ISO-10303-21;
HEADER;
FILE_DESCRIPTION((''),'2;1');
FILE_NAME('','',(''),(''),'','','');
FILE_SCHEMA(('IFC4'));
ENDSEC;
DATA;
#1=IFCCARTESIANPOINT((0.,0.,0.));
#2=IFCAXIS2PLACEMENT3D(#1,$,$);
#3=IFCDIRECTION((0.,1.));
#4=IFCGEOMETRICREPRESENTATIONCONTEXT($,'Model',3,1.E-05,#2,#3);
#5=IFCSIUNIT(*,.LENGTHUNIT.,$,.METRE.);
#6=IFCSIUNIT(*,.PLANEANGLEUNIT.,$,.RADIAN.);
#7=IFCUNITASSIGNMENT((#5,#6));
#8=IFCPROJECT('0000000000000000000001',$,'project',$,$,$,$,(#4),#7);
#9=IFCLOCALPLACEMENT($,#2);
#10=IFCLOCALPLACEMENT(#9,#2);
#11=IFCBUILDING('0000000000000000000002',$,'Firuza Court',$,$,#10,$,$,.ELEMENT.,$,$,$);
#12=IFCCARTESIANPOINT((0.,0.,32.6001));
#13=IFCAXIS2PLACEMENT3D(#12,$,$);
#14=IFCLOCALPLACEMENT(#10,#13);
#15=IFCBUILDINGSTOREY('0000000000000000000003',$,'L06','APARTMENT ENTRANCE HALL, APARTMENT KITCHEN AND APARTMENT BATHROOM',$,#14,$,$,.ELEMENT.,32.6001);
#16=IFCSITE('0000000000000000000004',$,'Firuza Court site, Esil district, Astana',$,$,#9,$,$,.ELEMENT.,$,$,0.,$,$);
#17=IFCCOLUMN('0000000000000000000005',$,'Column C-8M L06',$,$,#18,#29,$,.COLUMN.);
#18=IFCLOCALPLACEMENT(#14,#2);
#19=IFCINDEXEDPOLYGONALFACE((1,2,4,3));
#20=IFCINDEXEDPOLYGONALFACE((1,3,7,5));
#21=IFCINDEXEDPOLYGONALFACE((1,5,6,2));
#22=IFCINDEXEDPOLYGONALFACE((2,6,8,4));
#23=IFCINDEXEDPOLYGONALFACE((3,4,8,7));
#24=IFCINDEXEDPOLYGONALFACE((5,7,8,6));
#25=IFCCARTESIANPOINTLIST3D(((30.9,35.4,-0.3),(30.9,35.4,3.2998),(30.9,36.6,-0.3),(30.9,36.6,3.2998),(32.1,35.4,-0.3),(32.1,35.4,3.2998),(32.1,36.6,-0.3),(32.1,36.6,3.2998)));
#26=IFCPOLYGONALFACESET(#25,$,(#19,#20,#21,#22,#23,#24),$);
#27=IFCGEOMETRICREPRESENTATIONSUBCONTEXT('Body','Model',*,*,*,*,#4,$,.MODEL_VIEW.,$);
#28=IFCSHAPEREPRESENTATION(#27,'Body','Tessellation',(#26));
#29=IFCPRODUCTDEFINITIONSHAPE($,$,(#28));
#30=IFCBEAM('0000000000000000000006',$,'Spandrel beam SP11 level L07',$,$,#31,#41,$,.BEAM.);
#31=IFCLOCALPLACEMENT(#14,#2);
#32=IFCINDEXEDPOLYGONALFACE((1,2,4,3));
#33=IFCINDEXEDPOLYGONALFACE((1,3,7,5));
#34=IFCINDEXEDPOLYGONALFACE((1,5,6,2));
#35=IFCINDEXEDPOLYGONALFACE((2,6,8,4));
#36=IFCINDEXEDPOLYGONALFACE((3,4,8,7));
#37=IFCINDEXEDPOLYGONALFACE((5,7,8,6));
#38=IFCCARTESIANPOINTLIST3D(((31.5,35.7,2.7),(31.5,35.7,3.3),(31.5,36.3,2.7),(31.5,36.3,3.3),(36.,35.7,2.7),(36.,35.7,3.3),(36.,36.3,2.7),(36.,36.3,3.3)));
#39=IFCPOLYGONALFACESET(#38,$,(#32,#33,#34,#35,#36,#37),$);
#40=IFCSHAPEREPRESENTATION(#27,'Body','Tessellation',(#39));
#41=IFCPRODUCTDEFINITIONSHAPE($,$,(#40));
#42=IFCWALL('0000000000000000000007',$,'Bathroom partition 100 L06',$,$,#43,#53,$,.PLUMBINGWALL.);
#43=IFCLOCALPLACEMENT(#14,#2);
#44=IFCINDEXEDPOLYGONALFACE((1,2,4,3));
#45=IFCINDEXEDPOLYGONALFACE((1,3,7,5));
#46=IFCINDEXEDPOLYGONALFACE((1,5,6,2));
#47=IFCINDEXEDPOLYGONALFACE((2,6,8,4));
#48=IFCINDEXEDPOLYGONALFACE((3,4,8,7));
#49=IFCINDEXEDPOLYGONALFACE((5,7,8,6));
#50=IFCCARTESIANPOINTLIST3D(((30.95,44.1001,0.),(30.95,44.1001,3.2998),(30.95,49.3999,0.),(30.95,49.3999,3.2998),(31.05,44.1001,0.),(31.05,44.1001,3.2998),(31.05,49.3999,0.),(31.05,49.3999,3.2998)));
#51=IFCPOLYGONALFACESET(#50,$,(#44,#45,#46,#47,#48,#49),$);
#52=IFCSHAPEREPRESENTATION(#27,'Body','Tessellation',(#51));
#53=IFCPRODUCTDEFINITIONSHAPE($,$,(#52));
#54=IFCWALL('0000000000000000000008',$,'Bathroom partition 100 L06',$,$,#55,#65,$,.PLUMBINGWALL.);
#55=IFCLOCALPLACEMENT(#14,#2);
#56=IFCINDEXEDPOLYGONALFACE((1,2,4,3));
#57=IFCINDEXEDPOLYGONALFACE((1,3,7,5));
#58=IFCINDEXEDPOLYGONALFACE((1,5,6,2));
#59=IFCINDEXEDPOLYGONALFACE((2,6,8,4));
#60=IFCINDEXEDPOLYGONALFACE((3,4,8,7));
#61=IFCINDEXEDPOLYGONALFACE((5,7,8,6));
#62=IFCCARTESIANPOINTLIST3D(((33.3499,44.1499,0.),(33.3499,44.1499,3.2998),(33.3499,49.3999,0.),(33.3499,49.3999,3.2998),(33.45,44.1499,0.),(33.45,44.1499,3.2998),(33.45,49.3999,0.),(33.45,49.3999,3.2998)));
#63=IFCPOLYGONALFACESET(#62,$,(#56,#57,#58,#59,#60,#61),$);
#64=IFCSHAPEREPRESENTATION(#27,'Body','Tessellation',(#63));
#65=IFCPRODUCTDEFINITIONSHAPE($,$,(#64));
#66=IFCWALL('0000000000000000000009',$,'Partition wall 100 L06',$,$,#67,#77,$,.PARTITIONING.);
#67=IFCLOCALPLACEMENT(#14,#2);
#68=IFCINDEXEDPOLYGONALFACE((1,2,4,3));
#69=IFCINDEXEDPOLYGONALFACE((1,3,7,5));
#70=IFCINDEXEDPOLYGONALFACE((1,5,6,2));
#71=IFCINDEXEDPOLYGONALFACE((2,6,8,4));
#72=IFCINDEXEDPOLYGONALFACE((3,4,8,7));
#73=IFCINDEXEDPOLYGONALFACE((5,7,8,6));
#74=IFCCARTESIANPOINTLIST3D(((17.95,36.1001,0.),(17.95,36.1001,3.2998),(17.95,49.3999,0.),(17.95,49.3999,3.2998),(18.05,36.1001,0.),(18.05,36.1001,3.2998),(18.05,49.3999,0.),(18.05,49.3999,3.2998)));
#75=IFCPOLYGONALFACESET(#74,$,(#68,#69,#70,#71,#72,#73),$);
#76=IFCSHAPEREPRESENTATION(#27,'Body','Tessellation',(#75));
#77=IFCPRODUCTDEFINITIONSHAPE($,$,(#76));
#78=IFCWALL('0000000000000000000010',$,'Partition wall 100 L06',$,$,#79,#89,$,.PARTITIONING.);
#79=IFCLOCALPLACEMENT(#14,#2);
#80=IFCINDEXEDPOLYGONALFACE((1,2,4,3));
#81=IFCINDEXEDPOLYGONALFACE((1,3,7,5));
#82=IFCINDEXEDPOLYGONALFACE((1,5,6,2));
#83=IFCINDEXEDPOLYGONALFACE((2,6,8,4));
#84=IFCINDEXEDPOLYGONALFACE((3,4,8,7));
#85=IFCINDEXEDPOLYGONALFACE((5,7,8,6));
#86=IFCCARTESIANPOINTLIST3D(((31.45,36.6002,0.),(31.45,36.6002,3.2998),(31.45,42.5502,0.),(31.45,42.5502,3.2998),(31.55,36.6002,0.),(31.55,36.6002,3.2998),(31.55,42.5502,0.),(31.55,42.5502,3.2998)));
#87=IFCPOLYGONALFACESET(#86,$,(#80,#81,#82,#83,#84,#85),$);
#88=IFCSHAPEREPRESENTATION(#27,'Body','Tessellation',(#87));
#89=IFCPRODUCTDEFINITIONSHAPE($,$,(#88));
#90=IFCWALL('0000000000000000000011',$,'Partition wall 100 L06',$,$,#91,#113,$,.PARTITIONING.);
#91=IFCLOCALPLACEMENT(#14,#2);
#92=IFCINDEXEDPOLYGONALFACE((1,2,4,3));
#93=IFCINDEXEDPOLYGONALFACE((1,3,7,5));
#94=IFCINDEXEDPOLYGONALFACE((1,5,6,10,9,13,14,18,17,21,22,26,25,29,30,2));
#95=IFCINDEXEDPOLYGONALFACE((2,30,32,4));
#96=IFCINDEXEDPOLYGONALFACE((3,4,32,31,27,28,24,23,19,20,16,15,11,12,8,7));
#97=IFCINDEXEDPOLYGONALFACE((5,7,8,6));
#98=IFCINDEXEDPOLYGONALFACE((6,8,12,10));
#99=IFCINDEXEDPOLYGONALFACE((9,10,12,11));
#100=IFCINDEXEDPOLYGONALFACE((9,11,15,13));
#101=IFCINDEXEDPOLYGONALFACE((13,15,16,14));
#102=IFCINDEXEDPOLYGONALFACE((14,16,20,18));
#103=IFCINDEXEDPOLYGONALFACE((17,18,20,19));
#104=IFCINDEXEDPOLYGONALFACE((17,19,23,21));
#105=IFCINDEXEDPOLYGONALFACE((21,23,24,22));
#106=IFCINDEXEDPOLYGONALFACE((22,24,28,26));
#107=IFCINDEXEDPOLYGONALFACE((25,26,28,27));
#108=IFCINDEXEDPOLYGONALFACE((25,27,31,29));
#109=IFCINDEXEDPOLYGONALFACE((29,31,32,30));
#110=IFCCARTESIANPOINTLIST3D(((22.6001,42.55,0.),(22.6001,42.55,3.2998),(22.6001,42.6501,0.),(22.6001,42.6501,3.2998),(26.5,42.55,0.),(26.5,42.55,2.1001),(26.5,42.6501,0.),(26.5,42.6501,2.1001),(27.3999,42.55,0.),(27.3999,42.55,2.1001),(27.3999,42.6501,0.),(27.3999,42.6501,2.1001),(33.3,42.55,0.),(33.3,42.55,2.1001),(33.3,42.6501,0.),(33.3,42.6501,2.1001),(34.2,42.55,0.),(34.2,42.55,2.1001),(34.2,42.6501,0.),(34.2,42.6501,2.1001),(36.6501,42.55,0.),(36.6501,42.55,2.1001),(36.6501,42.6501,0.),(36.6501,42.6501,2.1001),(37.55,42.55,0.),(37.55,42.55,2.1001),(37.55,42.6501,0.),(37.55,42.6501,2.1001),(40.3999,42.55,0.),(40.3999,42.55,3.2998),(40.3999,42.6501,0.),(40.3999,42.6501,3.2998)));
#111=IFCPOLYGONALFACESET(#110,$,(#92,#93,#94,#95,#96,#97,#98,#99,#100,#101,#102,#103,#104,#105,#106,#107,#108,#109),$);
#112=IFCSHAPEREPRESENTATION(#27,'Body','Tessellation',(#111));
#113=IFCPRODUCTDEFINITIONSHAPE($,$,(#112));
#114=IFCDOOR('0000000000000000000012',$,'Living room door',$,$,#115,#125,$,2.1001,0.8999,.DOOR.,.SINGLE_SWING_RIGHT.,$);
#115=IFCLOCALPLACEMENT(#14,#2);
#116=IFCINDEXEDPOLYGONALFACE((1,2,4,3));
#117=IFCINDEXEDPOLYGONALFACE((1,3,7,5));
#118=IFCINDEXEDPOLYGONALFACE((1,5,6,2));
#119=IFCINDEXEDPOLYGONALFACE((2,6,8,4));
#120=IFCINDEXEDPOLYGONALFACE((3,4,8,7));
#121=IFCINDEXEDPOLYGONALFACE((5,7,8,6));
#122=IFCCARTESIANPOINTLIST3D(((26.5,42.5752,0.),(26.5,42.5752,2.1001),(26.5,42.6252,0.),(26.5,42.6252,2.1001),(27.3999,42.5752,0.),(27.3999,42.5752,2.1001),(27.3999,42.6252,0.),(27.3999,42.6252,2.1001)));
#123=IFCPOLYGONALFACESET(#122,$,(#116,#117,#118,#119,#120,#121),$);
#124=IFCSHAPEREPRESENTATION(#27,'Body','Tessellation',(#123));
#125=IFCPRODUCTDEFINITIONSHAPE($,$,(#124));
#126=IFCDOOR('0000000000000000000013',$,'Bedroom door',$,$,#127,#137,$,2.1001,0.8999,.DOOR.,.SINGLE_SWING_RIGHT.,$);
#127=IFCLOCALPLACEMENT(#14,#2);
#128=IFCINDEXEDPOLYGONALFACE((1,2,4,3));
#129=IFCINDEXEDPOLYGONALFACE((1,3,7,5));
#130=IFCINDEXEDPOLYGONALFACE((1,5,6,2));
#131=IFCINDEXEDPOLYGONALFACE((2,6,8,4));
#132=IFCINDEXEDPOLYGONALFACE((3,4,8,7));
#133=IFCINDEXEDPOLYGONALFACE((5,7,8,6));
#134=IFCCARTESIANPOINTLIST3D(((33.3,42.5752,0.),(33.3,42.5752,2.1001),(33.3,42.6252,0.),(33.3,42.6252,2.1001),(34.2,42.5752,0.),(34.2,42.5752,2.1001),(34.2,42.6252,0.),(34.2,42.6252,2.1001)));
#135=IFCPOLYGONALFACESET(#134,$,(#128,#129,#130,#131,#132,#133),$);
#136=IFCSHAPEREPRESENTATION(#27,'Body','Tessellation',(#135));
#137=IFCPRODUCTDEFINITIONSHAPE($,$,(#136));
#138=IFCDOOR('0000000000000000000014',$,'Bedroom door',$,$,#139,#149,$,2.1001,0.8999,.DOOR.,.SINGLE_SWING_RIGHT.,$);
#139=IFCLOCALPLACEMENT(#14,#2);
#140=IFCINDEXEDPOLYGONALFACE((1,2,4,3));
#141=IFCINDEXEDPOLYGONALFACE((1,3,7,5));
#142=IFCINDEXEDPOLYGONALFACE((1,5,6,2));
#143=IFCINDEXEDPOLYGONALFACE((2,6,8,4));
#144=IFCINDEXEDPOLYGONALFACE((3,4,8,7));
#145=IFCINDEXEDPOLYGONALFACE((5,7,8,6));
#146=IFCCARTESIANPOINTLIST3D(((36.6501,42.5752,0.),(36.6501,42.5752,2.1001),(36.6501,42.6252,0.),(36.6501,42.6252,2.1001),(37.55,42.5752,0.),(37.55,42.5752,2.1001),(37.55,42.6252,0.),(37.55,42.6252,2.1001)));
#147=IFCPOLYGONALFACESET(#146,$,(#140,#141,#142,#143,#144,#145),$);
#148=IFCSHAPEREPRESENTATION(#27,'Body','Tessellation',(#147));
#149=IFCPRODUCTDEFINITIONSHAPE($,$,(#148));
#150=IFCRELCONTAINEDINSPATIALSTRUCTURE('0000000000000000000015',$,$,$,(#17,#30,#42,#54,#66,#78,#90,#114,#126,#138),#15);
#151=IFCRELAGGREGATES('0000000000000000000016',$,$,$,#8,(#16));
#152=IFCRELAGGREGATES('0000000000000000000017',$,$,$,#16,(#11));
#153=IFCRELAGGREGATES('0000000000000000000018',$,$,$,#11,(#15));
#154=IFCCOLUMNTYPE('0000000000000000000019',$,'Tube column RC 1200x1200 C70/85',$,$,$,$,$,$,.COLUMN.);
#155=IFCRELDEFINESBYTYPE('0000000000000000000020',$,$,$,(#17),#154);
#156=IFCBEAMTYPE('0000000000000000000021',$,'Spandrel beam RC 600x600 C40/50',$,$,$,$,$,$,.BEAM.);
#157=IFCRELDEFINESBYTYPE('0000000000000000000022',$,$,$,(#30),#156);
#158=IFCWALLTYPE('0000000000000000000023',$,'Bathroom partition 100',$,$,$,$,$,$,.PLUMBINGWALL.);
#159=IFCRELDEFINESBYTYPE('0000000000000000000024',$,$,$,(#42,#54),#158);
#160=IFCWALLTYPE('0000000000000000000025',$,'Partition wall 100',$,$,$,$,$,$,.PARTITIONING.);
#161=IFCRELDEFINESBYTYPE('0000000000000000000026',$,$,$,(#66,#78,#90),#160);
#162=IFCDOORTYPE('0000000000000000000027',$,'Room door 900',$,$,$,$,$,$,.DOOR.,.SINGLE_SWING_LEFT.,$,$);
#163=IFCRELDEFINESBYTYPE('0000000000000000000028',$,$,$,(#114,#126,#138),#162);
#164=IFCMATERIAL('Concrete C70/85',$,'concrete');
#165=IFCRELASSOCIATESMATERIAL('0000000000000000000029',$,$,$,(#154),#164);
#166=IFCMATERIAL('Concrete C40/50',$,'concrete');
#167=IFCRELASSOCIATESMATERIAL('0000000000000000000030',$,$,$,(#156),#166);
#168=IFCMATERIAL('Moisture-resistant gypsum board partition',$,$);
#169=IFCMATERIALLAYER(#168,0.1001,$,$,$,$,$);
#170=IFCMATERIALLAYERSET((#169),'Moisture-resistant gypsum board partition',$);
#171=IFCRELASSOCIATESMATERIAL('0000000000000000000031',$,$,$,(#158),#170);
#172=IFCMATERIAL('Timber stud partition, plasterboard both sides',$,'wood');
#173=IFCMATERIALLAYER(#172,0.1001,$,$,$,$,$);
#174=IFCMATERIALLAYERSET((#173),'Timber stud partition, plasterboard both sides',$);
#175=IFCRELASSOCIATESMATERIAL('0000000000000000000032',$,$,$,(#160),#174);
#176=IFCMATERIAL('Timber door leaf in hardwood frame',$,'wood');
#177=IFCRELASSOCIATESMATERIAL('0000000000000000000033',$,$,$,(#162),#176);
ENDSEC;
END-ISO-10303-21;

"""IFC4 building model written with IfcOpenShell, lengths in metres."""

from ifc_helpers import new_model, si_unit, direction, frame, frame_2d, origin, origin_2d, place, context, subcontext, project, spatial, rectangle, extrude, material, layer, layer_set, material_profile, profile_set, type_object, element, fill, save


model = new_model("IFC4")

# Units and contexts
model_context = context("Model", 3, precision=1e-05, world=origin(), true_north=direction((0.0, 1.0)))
body_context = subcontext(model_context, "Body", "Model", "MODEL_VIEW")
ifc_project = project(units=[si_unit("LENGTHUNIT", "METRE"), si_unit("PLANEANGLEUNIT", "RADIAN")], contexts=[model_context])

# Site, building, storey
site_placement = place(None, origin())
site = spatial("IfcSite", under=ifc_project, at=site_placement, Name="Firuza Court site, Esil district, Astana", CompositionType="ELEMENT", RefElevation=0.0)
building_placement = place(site_placement, origin())
building = spatial("IfcBuilding", under=site, at=building_placement, Name="Firuza Court", CompositionType="ELEMENT")
storey_placement = place(building_placement, frame((0.0, 0.0, 32.6001)))
storey = spatial("IfcBuildingStorey", under=building, at=storey_placement, Name="L06", Description="APARTMENT ENTRANCE HALL, APARTMENT KITCHEN AND APARTMENT BATHROOM", CompositionType="ELEMENT", Elevation=32.6001)

# Column
ifc_material_1 = material(Name="Concrete C70/85", Category="concrete")
ifc_material_profile_1 = material_profile(ifc_material_1, rectangle(XDim=1.2, YDim=1.2, at=origin_2d()), Name="RC 1200x1200")
ifc_profile_set_1 = profile_set([ifc_material_profile_1], Name="Concrete C70/85")
column_type = type_object("IfcColumnType", Name="Tube column RC 1200x1200 C70/85", PredefinedType="COLUMN", material=ifc_profile_set_1)
column_placement = place(storey_placement, frame((31.5, 36.0, -0.3), z_axis=(0.0, 0.0, 1.0), x_axis=(1.0, 0.0, 0.0)))
element("IfcColumn", 1, at=column_placement, inside=storey, type_object=column_type, Name="Column C-8M L06", PredefinedType="COLUMN", context=body_context, shape_type="SweptSolid", body=[
    extrude(rectangle(XDim=1.2, YDim=1.2, at=origin_2d()), origin(), (0.0, 0.0, 1.0), 3.5999),
])

# Beam
ifc_material_2 = material(Name="Concrete C40/50", Category="concrete")
ifc_material_profile_2 = material_profile(ifc_material_2, rectangle(XDim=0.6001, YDim=0.6001, at=origin_2d()), Name="RC 600x600")
ifc_profile_set_2 = profile_set([ifc_material_profile_2], Name="Concrete C40/50")
beam_type = type_object("IfcBeamType", Name="Spandrel beam RC 600x600 C40/50", PredefinedType="BEAM", material=ifc_profile_set_2)
beam_placement = place(storey_placement, frame((31.5, 36.0, 3.0), z_axis=(1.0, 0.0, 0.0), x_axis=(0.0, 1.0, 0.0)))
element("IfcBeam", 2, at=beam_placement, inside=storey, type_object=beam_type, Name="Spandrel beam SP11 level L07", PredefinedType="BEAM", context=body_context, shape_type="SweptSolid", body=[
    extrude(rectangle(XDim=0.6001, YDim=0.6001, at=origin_2d()), origin(), (0.0, 0.0, 1.0), 4.5),
])

# Walls
ifc_material_3 = material(Name="Moisture-resistant gypsum board partition")
ifc_layer_1 = layer(ifc_material_3, 0.1001)
ifc_layer_set_1 = layer_set([ifc_layer_1], Name="Moisture-resistant gypsum board partition")
wall_type_1 = type_object("IfcWallType", Name="Bathroom partition 100", PredefinedType="PLUMBINGWALL", material=ifc_layer_set_1)
wall_1_placement = place(storey_placement, frame((31.0, 44.1001, 0.0), z_axis=(0.0, 0.0, 1.0), x_axis=(0.0, 1.0, 0.0)))
element("IfcWall", 3, at=wall_1_placement, inside=storey, type_object=wall_type_1, Name="Bathroom partition 100 L06", PredefinedType="PLUMBINGWALL", context=body_context, shape_type="SweptSolid", body=[
    extrude(rectangle(XDim=5.2998, YDim=0.1001, at=frame_2d((2.6499, 0.0))), origin(), (0.0, 0.0, 1.0), 3.2998),
])
wall_2_placement = place(storey_placement, frame((33.3999, 44.1499, 0.0), z_axis=(0.0, 0.0, 1.0), x_axis=(0.0, 1.0, 0.0)))
element("IfcWall", 4, at=wall_2_placement, inside=storey, type_object=wall_type_1, Name="Bathroom partition 100 L06", PredefinedType="PLUMBINGWALL", context=body_context, shape_type="SweptSolid", body=[
    extrude(rectangle(XDim=5.25, YDim=0.1001, at=frame_2d((2.625, 0.0))), origin(), (0.0, 0.0, 1.0), 3.2998),
])
ifc_material_4 = material(Name="Timber stud partition, plasterboard both sides", Category="wood")
ifc_layer_2 = layer(ifc_material_4, 0.1001)
ifc_layer_set_2 = layer_set([ifc_layer_2], Name="Timber stud partition, plasterboard both sides")
wall_type_2 = type_object("IfcWallType", Name="Partition wall 100", PredefinedType="PARTITIONING", material=ifc_layer_set_2)
wall_3_placement = place(storey_placement, frame((18.0, 36.1001, 0.0), z_axis=(0.0, 0.0, 1.0), x_axis=(0.0, 1.0, 0.0)))
element("IfcWall", 5, at=wall_3_placement, inside=storey, type_object=wall_type_2, Name="Partition wall 100 L06", PredefinedType="PARTITIONING", context=body_context, shape_type="SweptSolid", body=[
    extrude(rectangle(XDim=13.2998, YDim=0.1001, at=frame_2d((6.6499, 0.0))), origin(), (0.0, 0.0, 1.0), 3.2998),
])
wall_4_placement = place(storey_placement, frame((31.5, 36.6001, 0.0), z_axis=(0.0, 0.0, 1.0), x_axis=(0.0, 1.0, 0.0)))
element("IfcWall", 6, at=wall_4_placement, inside=storey, type_object=wall_type_2, Name="Partition wall 100 L06", PredefinedType="PARTITIONING", context=body_context, shape_type="SweptSolid", body=[
    extrude(rectangle(XDim=5.95, YDim=0.1001, at=frame_2d((2.9751, 0.0))), origin(), (0.0, 0.0, 1.0), 3.2998),
])

# Wall, openings, doors
wall_5_placement = place(storey_placement, frame((22.6001, 42.6001, 0.0), z_axis=(0.0, 0.0, 1.0), x_axis=(1.0, 0.0, 0.0)))
wall_5 = element("IfcWall", 7, at=wall_5_placement, inside=storey, type_object=wall_type_2, Name="Partition wall 100 L06", PredefinedType="PARTITIONING", context=body_context, shape_type="SweptSolid", body=[
    extrude(rectangle(XDim=17.7998, YDim=0.1001, at=frame_2d((8.8999, 0.0))), origin(), (0.0, 0.0, 1.0), 3.2998),
])
opening_1_placement = place(wall_5_placement, frame((3.8999, 0.0, 0.0)))
opening_1 = element("IfcOpeningElement", 8, at=opening_1_placement, cuts=wall_5, PredefinedType="OPENING", context=body_context, shape_type="SweptSolid", body=[
    extrude(rectangle(XDim=0.8999, YDim=2.1001, at=frame_2d((0.45, 1.05))), frame((0.0, 0.062, 0.0), z_axis=(0.0, -1.0, 0.0), x_axis=(1.0, 0.0, 0.0)), (0.0, 0.0, 1.0), 0.124),
])
opening_2_placement = place(wall_5_placement, frame((10.7, 0.0, 0.0)))
opening_2 = element("IfcOpeningElement", 9, at=opening_2_placement, cuts=wall_5, PredefinedType="OPENING", context=body_context, shape_type="SweptSolid", body=[
    extrude(rectangle(XDim=0.8999, YDim=2.1001, at=frame_2d((0.45, 1.05))), frame((0.0, 0.062, 0.0), z_axis=(0.0, -1.0, 0.0), x_axis=(1.0, 0.0, 0.0)), (0.0, 0.0, 1.0), 0.124),
])
opening_3_placement = place(wall_5_placement, frame((14.05, 0.0, 0.0)))
opening_3 = element("IfcOpeningElement", 10, at=opening_3_placement, cuts=wall_5, PredefinedType="OPENING", context=body_context, shape_type="SweptSolid", body=[
    extrude(rectangle(XDim=0.8999, YDim=2.1001, at=frame_2d((0.45, 1.05))), frame((0.0, 0.062, 0.0), z_axis=(0.0, -1.0, 0.0), x_axis=(1.0, 0.0, 0.0)), (0.0, 0.0, 1.0), 0.124),
])
ifc_material_5 = material(Name="Timber door leaf in hardwood frame", Category="wood")
door_type_1 = type_object("IfcDoorType", Name="Room door 900", OperationType="SINGLE_SWING_LEFT", PredefinedType="DOOR", material=ifc_material_5)
door_1_placement = place(opening_1_placement, frame((0.8999, 0.0, 0.0), z_axis=(0.0, 0.0, 1.0), x_axis=(-1.0, 0.0, 0.0)))
door_1 = element("IfcDoor", 11, at=door_1_placement, inside=storey, type_object=door_type_1, Name="Living room door", OperationType="SINGLE_SWING_RIGHT", OverallHeight=2.1001, OverallWidth=0.8999, PredefinedType="DOOR", context=body_context, shape_type="SweptSolid", body=[
    extrude(rectangle(XDim=0.8999, YDim=2.1001, at=frame_2d((0.45, 1.05))), frame((0.0, 0.0249, 0.0), z_axis=(0.0, -1.0, 0.0), x_axis=(1.0, 0.0, 0.0)), (0.0, 0.0, 1.0), 0.05),
])
fill(opening_1, door_1)
door_2_placement = place(opening_2_placement, frame((0.8999, 0.0, 0.0), z_axis=(0.0, 0.0, 1.0), x_axis=(-1.0, 0.0, 0.0)))
door_2 = element("IfcDoor", 12, at=door_2_placement, inside=storey, type_object=door_type_1, Name="Bedroom door", OperationType="SINGLE_SWING_RIGHT", OverallHeight=2.1001, OverallWidth=0.8999, PredefinedType="DOOR", context=body_context, shape_type="SweptSolid", body=[
    extrude(rectangle(XDim=0.8999, YDim=2.1001, at=frame_2d((0.45, 1.05))), frame((0.0, 0.0249, 0.0), z_axis=(0.0, -1.0, 0.0), x_axis=(1.0, 0.0, 0.0)), (0.0, 0.0, 1.0), 0.05),
])
fill(opening_2, door_2)
door_3_placement = place(opening_3_placement, frame((0.8999, 0.0, 0.0), z_axis=(0.0, 0.0, 1.0), x_axis=(-1.0, 0.0, 0.0)))
door_3 = element("IfcDoor", 13, at=door_3_placement, inside=storey, type_object=door_type_1, Name="Bedroom door", OperationType="SINGLE_SWING_RIGHT", OverallHeight=2.1001, OverallWidth=0.8999, PredefinedType="DOOR", context=body_context, shape_type="SweptSolid", body=[
    extrude(rectangle(XDim=0.8999, YDim=2.1001, at=frame_2d((0.45, 1.05))), frame((0.0, 0.0249, 0.0), z_axis=(0.0, -1.0, 0.0), x_axis=(1.0, 0.0, 0.0)), (0.0, 0.0, 1.0), 0.05),
])
fill(opening_3, door_3)

save(model, "model.ifc")
